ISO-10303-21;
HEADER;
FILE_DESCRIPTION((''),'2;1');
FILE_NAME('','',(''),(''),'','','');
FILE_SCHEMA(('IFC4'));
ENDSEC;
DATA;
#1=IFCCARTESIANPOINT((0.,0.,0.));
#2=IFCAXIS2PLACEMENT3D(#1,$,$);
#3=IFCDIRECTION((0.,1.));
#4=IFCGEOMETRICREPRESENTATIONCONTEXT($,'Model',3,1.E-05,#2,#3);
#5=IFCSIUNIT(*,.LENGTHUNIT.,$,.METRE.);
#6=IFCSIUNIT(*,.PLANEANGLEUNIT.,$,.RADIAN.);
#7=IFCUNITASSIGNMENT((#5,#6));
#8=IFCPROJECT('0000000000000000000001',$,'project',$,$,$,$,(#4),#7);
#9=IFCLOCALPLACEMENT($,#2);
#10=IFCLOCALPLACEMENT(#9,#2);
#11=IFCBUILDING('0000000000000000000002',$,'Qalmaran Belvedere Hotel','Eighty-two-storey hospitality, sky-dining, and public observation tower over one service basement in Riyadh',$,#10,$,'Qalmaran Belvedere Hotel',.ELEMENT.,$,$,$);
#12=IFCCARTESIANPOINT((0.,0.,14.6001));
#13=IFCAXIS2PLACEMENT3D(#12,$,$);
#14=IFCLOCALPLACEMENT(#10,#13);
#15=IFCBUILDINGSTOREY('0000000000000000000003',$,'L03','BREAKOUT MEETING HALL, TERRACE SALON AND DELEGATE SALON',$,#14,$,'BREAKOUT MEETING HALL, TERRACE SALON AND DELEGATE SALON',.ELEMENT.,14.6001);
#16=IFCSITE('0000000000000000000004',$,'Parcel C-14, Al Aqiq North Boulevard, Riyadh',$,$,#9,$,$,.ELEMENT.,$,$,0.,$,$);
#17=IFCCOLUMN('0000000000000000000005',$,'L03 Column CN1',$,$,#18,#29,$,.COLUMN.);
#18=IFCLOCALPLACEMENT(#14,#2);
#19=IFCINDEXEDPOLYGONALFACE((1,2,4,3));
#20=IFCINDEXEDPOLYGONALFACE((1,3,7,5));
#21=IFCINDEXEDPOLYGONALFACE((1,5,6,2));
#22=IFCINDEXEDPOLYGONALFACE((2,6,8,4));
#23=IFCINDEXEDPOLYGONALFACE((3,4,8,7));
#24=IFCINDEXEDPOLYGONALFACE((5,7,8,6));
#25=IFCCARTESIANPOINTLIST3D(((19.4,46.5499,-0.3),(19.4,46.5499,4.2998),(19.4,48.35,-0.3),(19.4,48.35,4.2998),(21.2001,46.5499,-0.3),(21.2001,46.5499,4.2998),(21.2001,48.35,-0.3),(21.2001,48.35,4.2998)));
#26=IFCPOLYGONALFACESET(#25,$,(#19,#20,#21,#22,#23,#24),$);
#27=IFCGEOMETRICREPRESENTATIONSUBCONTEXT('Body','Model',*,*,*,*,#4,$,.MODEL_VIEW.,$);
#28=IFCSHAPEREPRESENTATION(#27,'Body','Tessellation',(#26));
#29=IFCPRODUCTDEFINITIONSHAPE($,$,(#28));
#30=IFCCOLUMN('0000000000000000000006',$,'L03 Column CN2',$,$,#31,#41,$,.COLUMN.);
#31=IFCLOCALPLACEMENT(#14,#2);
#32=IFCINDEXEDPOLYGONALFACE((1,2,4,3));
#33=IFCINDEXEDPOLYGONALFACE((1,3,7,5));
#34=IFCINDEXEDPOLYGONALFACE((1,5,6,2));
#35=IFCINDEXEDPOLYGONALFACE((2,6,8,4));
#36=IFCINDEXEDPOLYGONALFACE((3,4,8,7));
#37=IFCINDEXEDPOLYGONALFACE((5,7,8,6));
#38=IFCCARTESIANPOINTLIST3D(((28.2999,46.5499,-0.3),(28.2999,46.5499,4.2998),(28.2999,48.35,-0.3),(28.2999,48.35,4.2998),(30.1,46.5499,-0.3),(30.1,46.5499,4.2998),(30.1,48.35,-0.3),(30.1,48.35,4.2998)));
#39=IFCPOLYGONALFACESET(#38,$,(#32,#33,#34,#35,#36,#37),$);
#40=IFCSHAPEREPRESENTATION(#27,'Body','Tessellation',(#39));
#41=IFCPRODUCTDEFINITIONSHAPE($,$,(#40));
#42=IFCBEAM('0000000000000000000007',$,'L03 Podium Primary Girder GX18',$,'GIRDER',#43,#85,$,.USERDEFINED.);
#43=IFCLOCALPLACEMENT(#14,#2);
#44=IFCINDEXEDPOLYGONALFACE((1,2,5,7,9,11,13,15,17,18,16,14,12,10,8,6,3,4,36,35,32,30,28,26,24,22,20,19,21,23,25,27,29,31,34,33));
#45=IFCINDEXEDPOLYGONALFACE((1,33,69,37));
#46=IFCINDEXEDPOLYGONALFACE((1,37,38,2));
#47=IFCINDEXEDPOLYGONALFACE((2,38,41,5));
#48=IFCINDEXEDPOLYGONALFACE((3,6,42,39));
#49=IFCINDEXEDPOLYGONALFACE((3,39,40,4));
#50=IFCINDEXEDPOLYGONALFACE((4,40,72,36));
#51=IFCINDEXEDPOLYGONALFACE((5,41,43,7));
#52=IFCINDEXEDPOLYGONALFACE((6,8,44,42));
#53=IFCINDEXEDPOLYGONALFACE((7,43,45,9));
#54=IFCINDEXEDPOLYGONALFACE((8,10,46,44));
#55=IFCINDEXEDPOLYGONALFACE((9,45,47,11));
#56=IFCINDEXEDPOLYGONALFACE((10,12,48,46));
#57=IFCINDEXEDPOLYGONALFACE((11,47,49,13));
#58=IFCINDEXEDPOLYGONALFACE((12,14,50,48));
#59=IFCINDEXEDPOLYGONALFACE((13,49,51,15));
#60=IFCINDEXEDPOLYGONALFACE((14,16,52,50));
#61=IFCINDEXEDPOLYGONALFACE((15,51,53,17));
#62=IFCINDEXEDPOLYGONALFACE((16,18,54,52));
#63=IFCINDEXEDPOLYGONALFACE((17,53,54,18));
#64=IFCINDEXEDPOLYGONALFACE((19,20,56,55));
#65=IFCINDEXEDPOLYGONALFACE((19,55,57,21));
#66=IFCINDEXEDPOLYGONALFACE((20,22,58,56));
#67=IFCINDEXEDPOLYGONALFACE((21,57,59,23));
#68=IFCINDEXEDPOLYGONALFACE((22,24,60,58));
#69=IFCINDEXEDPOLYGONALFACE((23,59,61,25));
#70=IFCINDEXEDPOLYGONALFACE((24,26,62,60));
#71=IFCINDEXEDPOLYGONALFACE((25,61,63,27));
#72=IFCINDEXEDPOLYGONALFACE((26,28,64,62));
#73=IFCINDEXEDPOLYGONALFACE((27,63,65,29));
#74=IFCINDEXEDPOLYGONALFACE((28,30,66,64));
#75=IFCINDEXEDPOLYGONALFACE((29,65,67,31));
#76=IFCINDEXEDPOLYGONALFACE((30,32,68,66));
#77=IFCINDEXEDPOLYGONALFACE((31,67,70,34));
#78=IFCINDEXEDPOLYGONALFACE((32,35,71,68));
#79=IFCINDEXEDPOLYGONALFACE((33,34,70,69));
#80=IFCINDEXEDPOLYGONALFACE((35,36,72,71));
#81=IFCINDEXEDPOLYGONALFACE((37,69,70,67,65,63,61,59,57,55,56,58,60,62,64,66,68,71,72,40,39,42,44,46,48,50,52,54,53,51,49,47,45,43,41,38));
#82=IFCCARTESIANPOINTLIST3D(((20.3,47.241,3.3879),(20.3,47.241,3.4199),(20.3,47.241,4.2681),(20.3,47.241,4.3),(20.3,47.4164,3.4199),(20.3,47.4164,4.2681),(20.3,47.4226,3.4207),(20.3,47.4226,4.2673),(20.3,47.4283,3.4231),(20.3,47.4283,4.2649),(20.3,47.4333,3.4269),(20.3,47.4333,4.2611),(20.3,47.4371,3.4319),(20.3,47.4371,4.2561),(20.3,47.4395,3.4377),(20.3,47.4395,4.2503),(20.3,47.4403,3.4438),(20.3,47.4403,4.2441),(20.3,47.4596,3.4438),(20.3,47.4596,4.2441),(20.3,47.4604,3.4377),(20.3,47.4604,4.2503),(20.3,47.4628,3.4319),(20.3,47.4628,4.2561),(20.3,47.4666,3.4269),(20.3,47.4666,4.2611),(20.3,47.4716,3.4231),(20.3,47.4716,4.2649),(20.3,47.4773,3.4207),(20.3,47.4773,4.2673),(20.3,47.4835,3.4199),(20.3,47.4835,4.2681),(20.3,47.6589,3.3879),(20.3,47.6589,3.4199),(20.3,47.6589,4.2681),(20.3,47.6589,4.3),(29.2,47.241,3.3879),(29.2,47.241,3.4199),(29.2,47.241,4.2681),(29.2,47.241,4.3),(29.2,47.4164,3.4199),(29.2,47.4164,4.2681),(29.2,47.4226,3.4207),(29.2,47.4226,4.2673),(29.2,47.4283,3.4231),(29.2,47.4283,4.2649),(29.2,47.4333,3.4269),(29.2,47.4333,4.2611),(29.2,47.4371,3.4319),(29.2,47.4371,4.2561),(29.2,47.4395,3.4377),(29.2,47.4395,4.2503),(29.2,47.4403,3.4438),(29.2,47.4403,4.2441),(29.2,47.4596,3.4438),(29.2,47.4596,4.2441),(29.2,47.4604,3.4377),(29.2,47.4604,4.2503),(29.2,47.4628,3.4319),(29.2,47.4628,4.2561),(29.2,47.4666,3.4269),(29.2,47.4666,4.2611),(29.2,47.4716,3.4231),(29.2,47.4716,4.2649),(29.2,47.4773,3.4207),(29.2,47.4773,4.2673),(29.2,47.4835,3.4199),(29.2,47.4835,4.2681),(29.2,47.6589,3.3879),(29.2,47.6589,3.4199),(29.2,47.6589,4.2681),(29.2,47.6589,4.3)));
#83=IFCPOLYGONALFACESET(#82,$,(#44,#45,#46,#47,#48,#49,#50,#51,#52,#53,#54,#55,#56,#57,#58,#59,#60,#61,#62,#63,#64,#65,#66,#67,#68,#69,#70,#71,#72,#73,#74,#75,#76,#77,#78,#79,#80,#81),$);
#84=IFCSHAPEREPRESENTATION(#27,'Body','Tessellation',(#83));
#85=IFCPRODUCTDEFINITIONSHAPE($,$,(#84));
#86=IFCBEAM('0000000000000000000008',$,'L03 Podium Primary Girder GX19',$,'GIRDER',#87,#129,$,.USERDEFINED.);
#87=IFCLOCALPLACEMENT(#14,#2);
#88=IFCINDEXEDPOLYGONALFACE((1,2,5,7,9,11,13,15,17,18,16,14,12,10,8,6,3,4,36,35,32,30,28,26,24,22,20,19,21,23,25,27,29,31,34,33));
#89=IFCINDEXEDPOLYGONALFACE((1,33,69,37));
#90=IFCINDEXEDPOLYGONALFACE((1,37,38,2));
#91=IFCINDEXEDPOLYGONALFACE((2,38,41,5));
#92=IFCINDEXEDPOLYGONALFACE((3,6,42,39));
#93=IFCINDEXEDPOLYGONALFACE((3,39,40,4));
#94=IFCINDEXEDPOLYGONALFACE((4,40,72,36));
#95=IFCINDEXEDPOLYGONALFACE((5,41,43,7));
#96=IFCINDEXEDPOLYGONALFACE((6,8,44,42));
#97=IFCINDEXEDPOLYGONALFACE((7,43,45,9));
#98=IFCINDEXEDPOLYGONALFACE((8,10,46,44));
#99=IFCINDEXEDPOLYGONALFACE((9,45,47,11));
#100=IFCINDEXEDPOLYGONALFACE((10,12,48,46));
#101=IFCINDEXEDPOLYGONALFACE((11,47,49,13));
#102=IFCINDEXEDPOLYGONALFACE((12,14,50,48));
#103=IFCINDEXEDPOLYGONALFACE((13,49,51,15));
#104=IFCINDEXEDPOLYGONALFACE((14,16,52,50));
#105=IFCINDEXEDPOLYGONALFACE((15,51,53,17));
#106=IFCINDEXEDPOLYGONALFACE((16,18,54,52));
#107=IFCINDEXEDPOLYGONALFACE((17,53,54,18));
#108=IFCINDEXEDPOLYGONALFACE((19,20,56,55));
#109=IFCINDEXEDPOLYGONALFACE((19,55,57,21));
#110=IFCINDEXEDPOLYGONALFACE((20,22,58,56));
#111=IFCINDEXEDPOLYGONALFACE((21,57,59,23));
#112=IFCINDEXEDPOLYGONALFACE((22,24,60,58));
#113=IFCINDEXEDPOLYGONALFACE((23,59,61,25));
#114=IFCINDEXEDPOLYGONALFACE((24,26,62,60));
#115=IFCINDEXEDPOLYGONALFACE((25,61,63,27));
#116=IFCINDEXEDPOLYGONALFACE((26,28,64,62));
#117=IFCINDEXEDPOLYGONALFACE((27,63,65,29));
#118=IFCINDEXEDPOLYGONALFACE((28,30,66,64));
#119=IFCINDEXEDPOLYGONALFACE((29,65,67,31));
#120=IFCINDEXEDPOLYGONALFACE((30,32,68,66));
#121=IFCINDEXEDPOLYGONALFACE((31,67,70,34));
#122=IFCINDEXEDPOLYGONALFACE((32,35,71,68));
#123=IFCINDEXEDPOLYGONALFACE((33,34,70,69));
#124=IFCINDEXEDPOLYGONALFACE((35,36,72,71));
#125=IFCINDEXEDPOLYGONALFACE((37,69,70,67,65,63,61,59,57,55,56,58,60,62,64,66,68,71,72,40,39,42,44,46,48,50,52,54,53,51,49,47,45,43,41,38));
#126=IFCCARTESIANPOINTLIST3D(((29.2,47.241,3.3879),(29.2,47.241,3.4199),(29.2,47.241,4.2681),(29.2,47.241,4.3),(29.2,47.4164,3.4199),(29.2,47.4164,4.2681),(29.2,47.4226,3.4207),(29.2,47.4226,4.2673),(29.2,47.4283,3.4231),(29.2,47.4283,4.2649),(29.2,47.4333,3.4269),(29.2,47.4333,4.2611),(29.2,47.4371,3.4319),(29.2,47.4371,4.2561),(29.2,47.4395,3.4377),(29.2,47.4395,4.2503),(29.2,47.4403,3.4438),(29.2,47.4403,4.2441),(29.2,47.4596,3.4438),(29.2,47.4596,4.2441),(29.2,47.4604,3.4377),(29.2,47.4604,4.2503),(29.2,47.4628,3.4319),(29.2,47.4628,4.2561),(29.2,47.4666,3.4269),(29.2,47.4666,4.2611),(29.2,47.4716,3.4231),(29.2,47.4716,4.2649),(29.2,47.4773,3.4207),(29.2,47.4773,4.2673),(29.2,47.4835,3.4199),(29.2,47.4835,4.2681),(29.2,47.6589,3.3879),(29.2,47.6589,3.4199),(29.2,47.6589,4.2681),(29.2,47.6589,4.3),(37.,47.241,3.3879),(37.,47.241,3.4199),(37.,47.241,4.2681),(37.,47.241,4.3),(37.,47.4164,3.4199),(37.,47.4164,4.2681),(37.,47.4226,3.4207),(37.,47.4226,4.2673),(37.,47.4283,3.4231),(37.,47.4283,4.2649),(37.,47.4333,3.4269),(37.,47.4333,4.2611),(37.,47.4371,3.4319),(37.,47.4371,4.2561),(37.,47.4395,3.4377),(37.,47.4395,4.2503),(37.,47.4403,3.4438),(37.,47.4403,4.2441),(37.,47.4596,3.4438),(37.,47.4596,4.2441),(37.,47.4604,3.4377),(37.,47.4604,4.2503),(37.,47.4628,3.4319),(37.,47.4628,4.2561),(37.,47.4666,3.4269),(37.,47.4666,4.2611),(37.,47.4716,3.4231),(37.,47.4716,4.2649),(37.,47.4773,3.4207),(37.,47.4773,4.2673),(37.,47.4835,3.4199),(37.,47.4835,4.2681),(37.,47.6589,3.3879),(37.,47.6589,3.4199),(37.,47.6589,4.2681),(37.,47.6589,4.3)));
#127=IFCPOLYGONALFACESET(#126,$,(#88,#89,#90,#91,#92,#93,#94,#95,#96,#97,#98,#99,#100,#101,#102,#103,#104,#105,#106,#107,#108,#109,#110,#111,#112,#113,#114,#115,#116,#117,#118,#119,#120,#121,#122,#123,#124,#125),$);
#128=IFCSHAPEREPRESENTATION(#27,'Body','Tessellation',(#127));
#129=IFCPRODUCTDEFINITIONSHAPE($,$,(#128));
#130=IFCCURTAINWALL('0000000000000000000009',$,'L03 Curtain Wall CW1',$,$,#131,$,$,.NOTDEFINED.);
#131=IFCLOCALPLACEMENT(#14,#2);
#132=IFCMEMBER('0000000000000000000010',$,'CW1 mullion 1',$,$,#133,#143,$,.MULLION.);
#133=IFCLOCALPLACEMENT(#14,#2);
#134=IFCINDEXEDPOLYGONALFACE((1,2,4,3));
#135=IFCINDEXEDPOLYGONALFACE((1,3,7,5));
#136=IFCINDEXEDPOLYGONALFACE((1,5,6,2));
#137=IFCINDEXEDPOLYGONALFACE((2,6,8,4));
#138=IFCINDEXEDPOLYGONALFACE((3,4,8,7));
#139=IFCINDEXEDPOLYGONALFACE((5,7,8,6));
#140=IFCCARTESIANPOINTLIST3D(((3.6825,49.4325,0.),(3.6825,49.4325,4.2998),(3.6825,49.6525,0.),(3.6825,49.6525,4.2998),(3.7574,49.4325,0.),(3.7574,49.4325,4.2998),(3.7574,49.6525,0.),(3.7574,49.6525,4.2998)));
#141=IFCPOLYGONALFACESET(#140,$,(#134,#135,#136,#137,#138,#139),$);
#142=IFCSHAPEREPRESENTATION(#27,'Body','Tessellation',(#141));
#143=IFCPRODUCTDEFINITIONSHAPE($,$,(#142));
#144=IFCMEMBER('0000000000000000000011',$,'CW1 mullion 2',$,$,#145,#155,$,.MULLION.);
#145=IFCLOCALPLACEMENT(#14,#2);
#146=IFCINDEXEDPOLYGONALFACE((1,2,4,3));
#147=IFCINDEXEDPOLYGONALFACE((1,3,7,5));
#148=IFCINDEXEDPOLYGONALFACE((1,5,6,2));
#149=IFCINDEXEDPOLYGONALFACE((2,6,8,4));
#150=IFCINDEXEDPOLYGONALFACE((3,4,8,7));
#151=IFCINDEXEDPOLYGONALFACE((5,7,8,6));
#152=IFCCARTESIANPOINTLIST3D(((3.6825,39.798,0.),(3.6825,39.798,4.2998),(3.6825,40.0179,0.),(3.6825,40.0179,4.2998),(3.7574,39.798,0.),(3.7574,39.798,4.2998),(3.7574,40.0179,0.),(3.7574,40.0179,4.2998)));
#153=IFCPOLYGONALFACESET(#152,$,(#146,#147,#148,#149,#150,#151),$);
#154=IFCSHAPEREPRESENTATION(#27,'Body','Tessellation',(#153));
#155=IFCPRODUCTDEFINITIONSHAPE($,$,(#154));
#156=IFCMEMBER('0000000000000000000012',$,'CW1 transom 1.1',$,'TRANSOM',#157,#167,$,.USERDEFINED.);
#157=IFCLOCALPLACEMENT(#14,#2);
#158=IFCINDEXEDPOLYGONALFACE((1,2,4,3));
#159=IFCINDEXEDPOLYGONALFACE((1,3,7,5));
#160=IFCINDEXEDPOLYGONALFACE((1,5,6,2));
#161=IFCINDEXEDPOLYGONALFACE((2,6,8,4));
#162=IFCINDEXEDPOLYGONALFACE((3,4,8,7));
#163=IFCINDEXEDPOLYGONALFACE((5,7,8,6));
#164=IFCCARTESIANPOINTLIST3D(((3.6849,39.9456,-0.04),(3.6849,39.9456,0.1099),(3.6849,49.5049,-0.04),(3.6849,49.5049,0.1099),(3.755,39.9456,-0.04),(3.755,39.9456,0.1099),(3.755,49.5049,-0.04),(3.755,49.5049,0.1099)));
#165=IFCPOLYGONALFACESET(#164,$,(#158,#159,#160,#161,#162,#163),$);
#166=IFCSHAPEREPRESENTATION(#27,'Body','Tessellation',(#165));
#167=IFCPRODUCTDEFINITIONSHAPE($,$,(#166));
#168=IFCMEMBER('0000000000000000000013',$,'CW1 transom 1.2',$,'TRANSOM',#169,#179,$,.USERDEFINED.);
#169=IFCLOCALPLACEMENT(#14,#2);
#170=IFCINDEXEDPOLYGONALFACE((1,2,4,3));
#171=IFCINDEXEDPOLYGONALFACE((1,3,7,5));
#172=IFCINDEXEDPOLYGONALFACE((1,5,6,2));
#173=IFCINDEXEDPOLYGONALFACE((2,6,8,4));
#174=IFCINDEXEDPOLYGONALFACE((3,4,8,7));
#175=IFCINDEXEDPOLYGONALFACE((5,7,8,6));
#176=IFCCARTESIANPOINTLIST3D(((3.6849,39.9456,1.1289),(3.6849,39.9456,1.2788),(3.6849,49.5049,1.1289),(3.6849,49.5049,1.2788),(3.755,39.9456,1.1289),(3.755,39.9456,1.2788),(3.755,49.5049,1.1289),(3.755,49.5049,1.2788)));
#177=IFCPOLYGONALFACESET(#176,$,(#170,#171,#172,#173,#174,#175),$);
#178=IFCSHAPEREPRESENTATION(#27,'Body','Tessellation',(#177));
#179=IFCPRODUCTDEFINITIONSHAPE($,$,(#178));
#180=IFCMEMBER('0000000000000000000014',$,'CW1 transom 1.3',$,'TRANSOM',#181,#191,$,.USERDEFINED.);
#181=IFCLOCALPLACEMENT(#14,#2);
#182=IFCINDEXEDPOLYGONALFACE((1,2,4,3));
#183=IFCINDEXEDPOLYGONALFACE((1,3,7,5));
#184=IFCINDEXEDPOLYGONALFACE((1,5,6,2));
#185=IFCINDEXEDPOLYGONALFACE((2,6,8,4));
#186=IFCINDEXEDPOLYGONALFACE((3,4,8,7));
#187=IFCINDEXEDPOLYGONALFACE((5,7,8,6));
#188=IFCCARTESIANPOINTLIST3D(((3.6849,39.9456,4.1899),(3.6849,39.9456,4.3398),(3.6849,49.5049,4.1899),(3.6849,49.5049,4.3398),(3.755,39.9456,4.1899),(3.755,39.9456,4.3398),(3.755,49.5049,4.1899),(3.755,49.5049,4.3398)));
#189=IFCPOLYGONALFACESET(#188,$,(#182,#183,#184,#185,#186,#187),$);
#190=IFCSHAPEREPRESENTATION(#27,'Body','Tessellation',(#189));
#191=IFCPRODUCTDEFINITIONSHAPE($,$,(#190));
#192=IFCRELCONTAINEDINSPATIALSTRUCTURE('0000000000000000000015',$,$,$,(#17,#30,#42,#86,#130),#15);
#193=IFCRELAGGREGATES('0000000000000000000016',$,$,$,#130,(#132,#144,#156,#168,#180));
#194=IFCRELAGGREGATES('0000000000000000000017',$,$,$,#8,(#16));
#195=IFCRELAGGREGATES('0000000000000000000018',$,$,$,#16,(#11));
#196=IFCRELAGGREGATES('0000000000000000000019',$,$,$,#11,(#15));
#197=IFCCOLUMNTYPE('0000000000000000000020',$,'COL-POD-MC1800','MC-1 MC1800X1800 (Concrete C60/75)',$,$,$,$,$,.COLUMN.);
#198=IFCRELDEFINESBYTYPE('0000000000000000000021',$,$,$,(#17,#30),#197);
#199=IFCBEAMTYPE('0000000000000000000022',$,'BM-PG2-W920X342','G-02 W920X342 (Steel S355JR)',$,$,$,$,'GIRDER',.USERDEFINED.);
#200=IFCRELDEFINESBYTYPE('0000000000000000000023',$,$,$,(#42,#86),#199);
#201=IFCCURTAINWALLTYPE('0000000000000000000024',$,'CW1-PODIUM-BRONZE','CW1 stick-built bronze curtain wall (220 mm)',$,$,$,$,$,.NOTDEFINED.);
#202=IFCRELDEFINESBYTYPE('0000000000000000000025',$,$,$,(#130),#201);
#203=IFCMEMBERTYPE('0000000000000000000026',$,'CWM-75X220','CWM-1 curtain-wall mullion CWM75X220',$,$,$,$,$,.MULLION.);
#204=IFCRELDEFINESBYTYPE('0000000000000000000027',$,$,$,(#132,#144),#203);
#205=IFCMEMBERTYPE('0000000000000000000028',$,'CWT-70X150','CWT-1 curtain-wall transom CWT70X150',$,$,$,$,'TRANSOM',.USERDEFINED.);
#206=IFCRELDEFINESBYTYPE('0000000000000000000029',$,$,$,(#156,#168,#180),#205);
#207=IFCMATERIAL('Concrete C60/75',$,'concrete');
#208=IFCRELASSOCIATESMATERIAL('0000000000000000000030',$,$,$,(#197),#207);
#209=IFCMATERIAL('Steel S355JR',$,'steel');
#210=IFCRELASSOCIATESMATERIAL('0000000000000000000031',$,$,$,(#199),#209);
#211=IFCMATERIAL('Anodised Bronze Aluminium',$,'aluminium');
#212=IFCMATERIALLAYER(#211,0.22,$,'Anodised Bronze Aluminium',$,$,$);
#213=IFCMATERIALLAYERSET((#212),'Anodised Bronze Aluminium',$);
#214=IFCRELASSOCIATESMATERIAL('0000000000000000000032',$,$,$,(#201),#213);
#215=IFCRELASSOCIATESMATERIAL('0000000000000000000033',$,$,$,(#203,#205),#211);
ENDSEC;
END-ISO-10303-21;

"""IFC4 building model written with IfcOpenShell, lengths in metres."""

from ifc_helpers import new_model, si_unit, direction, frame, origin, origin_2d, place, context, subcontext, project, spatial, rectangle, i_section, extrude, material, layer, layer_set, material_profile, profile_set, type_object, element, aggregate, save


model = new_model("IFC4")

# Units and contexts
model_context = context("Model", 3, precision=1e-05, world=origin(), true_north=direction((0.0, 1.0)))
body_context = subcontext(model_context, "Body", "Model", "MODEL_VIEW")
ifc_project = project(units=[si_unit("LENGTHUNIT", "METRE"), si_unit("PLANEANGLEUNIT", "RADIAN")], contexts=[model_context])

# Site, building, storey
site_placement = place(None, origin())
site = spatial("IfcSite", under=ifc_project, at=site_placement, Name="Parcel C-14, Al Aqiq North Boulevard, Riyadh", CompositionType="ELEMENT", RefElevation=0.0)
building_placement = place(site_placement, origin())
building = spatial("IfcBuilding", under=site, at=building_placement, Name="Qalmaran Belvedere Hotel", Description="Eighty-two-storey hospitality, sky-dining, and public observation tower over one service basement in Riyadh", LongName="Qalmaran Belvedere Hotel", CompositionType="ELEMENT")
storey_placement = place(building_placement, frame((0.0, 0.0, 14.6001)))
storey = spatial("IfcBuildingStorey", under=building, at=storey_placement, Name="L03", Description="BREAKOUT MEETING HALL, TERRACE SALON AND DELEGATE SALON", LongName="BREAKOUT MEETING HALL, TERRACE SALON AND DELEGATE SALON", CompositionType="ELEMENT", Elevation=14.6001)

# Columns
ifc_material_1 = material(Name="Concrete C60/75", Category="concrete")
ifc_material_profile_1 = material_profile(ifc_material_1, rectangle(XDim=1.8, YDim=1.8, at=origin_2d()), Name="MC1800X1800")
ifc_profile_set_1 = profile_set([ifc_material_profile_1], Name="Concrete C60/75")
column_type = type_object("IfcColumnType", Name="COL-POD-MC1800", Description="MC-1 MC1800X1800 (Concrete C60/75)", PredefinedType="COLUMN", material=ifc_profile_set_1)
for number, where, z_axis, x_axis, name in (
    (1, (20.3, 47.45, -0.3), (0.0, 0.0, 1.0), (1.0, 0.0, 0.0), "L03 Column CN1"),
    (2, (29.2, 47.45, -0.3), (0.0, 0.0, 1.0), (1.0, 0.0, 0.0), "L03 Column CN2"),
):
    element("IfcColumn", number, at=place(storey_placement, frame(where, z_axis=z_axis, x_axis=x_axis)), inside=storey, type_object=column_type, Name=name, PredefinedType="COLUMN", context=body_context, shape_type="SweptSolid", body=[
        extrude(rectangle(XDim=1.8, YDim=1.8, at=origin_2d()), origin(), (0.0, 0.0, 1.0), 4.5999),
    ])

# Beams
ifc_material_2 = material(Name="Steel S355JR", Category="steel")
ifc_material_profile_2 = material_profile(ifc_material_2, i_section(OverallWidth=0.418, OverallDepth=0.9121, WebThickness=0.0193, FlangeThickness=0.032, FilletRadius=0.0239, at=origin_2d()), Name="W920X342")
ifc_profile_set_2 = profile_set([ifc_material_profile_2], Name="Steel S355JR")
beam_type = type_object("IfcBeamType", Name="BM-PG2-W920X342", Description="G-02 W920X342 (Steel S355JR)", ElementType="GIRDER", PredefinedType="USERDEFINED", material=ifc_profile_set_2)
beam_1_placement = place(storey_placement, frame((20.3, 47.45, 3.844), z_axis=(1.0, 0.0, 0.0), x_axis=(0.0, 1.0, 0.0)))
element("IfcBeam", 3, at=beam_1_placement, inside=storey, type_object=beam_type, Name="L03 Podium Primary Girder GX18", ObjectType="GIRDER", PredefinedType="USERDEFINED", context=body_context, shape_type="SweptSolid", body=[
    extrude(i_section(OverallWidth=0.418, OverallDepth=0.9121, WebThickness=0.0193, FlangeThickness=0.032, FilletRadius=0.0239, at=origin_2d()), origin(), (0.0, 0.0, 1.0), 8.8999),
])
beam_2_placement = place(storey_placement, frame((29.2, 47.45, 3.844), z_axis=(1.0, 0.0, 0.0), x_axis=(0.0, 1.0, 0.0)))
element("IfcBeam", 4, at=beam_2_placement, inside=storey, type_object=beam_type, Name="L03 Podium Primary Girder GX19", ObjectType="GIRDER", PredefinedType="USERDEFINED", context=body_context, shape_type="SweptSolid", body=[
    extrude(i_section(OverallWidth=0.418, OverallDepth=0.9121, WebThickness=0.0193, FlangeThickness=0.032, FilletRadius=0.0239, at=origin_2d()), origin(), (0.0, 0.0, 1.0), 7.8),
])

# Curtain wall, members
ifc_material_3 = material(Name="Anodised Bronze Aluminium", Category="aluminium")
ifc_layer_1 = layer(ifc_material_3, 0.22, Name="Anodised Bronze Aluminium")
ifc_layer_set_1 = layer_set([ifc_layer_1], Name="Anodised Bronze Aluminium")
curtain_wall_type = type_object("IfcCurtainWallType", Name="CW1-PODIUM-BRONZE", Description="CW1 stick-built bronze curtain wall (220 mm)", PredefinedType="NOTDEFINED", material=ifc_layer_set_1)
curtain_wall_placement = place(storey_placement, origin())
curtain_wall = element("IfcCurtainWall", 5, at=curtain_wall_placement, inside=storey, type_object=curtain_wall_type, Name="L03 Curtain Wall CW1", PredefinedType="NOTDEFINED")
ifc_material_profile_3 = material_profile(ifc_material_3, rectangle(XDim=0.075, YDim=0.22, at=origin_2d()), Name="CWM75X220")
ifc_profile_set_3 = profile_set([ifc_material_profile_3], Name="Anodised Bronze Aluminium")
member_type_1 = type_object("IfcMemberType", Name="CWM-75X220", Description="CWM-1 curtain-wall mullion CWM75X220", PredefinedType="MULLION", material=ifc_profile_set_3)
member_1_placement = place(storey_placement, frame((3.72, 49.5425, 0.0), z_axis=(0.0, 0.0, 1.0), x_axis=(1.0, 0.0, 0.0)))
member_1 = element("IfcMember", 6, at=member_1_placement, type_object=member_type_1, Name="CW1 mullion 1", PredefinedType="MULLION", context=body_context, shape_type="SweptSolid", body=[
    extrude(rectangle(XDim=0.075, YDim=0.22, at=origin_2d()), origin(), (0.0, 0.0, 1.0), 4.2998),
])
member_2_placement = place(storey_placement, frame((3.72, 39.908, 0.0), z_axis=(0.0, 0.0, 1.0), x_axis=(1.0, 0.0, 0.0)))
member_2 = element("IfcMember", 7, at=member_2_placement, type_object=member_type_1, Name="CW1 mullion 2", PredefinedType="MULLION", context=body_context, shape_type="SweptSolid", body=[
    extrude(rectangle(XDim=0.075, YDim=0.22, at=origin_2d()), origin(), (0.0, 0.0, 1.0), 4.2998),
])
ifc_material_profile_4 = material_profile(ifc_material_3, rectangle(XDim=0.0701, YDim=0.1499, at=origin_2d()), Name="CWT70X150")
ifc_profile_set_4 = profile_set([ifc_material_profile_4], Name="Anodised Bronze Aluminium")
member_type_2 = type_object("IfcMemberType", Name="CWT-70X150", Description="CWT-1 curtain-wall transom CWT70X150", ElementType="TRANSOM", PredefinedType="USERDEFINED", material=ifc_profile_set_4)
member_3_placement = place(storey_placement, frame((3.72, 49.5049, 0.0349), z_axis=(0.0, -1.0, 0.0), x_axis=(1.0, 0.0, 0.0)))
member_3 = element("IfcMember", 8, at=member_3_placement, type_object=member_type_2, Name="CW1 transom 1.1", ObjectType="TRANSOM", PredefinedType="USERDEFINED", context=body_context, shape_type="SweptSolid", body=[
    extrude(rectangle(XDim=0.0701, YDim=0.1499, at=origin_2d()), origin(), (0.0, 0.0, 1.0), 9.5593),
])
member_4_placement = place(storey_placement, frame((3.72, 49.5049, 1.2039), z_axis=(0.0, -1.0, 0.0), x_axis=(1.0, 0.0, 0.0)))
member_4 = element("IfcMember", 9, at=member_4_placement, type_object=member_type_2, Name="CW1 transom 1.2", ObjectType="TRANSOM", PredefinedType="USERDEFINED", context=body_context, shape_type="SweptSolid", body=[
    extrude(rectangle(XDim=0.0701, YDim=0.1499, at=origin_2d()), origin(), (0.0, 0.0, 1.0), 9.5593),
])
member_5_placement = place(storey_placement, frame((3.72, 49.5049, 4.2649), z_axis=(0.0, -1.0, 0.0), x_axis=(1.0, 0.0, 0.0)))
member_5 = element("IfcMember", 10, at=member_5_placement, type_object=member_type_2, Name="CW1 transom 1.3", ObjectType="TRANSOM", PredefinedType="USERDEFINED", context=body_context, shape_type="SweptSolid", body=[
    extrude(rectangle(XDim=0.0701, YDim=0.1499, at=origin_2d()), origin(), (0.0, 0.0, 1.0), 9.5593),
])
aggregate(curtain_wall, [member_1, member_2, member_3, member_4, member_5])

save(model, "model.ifc")
